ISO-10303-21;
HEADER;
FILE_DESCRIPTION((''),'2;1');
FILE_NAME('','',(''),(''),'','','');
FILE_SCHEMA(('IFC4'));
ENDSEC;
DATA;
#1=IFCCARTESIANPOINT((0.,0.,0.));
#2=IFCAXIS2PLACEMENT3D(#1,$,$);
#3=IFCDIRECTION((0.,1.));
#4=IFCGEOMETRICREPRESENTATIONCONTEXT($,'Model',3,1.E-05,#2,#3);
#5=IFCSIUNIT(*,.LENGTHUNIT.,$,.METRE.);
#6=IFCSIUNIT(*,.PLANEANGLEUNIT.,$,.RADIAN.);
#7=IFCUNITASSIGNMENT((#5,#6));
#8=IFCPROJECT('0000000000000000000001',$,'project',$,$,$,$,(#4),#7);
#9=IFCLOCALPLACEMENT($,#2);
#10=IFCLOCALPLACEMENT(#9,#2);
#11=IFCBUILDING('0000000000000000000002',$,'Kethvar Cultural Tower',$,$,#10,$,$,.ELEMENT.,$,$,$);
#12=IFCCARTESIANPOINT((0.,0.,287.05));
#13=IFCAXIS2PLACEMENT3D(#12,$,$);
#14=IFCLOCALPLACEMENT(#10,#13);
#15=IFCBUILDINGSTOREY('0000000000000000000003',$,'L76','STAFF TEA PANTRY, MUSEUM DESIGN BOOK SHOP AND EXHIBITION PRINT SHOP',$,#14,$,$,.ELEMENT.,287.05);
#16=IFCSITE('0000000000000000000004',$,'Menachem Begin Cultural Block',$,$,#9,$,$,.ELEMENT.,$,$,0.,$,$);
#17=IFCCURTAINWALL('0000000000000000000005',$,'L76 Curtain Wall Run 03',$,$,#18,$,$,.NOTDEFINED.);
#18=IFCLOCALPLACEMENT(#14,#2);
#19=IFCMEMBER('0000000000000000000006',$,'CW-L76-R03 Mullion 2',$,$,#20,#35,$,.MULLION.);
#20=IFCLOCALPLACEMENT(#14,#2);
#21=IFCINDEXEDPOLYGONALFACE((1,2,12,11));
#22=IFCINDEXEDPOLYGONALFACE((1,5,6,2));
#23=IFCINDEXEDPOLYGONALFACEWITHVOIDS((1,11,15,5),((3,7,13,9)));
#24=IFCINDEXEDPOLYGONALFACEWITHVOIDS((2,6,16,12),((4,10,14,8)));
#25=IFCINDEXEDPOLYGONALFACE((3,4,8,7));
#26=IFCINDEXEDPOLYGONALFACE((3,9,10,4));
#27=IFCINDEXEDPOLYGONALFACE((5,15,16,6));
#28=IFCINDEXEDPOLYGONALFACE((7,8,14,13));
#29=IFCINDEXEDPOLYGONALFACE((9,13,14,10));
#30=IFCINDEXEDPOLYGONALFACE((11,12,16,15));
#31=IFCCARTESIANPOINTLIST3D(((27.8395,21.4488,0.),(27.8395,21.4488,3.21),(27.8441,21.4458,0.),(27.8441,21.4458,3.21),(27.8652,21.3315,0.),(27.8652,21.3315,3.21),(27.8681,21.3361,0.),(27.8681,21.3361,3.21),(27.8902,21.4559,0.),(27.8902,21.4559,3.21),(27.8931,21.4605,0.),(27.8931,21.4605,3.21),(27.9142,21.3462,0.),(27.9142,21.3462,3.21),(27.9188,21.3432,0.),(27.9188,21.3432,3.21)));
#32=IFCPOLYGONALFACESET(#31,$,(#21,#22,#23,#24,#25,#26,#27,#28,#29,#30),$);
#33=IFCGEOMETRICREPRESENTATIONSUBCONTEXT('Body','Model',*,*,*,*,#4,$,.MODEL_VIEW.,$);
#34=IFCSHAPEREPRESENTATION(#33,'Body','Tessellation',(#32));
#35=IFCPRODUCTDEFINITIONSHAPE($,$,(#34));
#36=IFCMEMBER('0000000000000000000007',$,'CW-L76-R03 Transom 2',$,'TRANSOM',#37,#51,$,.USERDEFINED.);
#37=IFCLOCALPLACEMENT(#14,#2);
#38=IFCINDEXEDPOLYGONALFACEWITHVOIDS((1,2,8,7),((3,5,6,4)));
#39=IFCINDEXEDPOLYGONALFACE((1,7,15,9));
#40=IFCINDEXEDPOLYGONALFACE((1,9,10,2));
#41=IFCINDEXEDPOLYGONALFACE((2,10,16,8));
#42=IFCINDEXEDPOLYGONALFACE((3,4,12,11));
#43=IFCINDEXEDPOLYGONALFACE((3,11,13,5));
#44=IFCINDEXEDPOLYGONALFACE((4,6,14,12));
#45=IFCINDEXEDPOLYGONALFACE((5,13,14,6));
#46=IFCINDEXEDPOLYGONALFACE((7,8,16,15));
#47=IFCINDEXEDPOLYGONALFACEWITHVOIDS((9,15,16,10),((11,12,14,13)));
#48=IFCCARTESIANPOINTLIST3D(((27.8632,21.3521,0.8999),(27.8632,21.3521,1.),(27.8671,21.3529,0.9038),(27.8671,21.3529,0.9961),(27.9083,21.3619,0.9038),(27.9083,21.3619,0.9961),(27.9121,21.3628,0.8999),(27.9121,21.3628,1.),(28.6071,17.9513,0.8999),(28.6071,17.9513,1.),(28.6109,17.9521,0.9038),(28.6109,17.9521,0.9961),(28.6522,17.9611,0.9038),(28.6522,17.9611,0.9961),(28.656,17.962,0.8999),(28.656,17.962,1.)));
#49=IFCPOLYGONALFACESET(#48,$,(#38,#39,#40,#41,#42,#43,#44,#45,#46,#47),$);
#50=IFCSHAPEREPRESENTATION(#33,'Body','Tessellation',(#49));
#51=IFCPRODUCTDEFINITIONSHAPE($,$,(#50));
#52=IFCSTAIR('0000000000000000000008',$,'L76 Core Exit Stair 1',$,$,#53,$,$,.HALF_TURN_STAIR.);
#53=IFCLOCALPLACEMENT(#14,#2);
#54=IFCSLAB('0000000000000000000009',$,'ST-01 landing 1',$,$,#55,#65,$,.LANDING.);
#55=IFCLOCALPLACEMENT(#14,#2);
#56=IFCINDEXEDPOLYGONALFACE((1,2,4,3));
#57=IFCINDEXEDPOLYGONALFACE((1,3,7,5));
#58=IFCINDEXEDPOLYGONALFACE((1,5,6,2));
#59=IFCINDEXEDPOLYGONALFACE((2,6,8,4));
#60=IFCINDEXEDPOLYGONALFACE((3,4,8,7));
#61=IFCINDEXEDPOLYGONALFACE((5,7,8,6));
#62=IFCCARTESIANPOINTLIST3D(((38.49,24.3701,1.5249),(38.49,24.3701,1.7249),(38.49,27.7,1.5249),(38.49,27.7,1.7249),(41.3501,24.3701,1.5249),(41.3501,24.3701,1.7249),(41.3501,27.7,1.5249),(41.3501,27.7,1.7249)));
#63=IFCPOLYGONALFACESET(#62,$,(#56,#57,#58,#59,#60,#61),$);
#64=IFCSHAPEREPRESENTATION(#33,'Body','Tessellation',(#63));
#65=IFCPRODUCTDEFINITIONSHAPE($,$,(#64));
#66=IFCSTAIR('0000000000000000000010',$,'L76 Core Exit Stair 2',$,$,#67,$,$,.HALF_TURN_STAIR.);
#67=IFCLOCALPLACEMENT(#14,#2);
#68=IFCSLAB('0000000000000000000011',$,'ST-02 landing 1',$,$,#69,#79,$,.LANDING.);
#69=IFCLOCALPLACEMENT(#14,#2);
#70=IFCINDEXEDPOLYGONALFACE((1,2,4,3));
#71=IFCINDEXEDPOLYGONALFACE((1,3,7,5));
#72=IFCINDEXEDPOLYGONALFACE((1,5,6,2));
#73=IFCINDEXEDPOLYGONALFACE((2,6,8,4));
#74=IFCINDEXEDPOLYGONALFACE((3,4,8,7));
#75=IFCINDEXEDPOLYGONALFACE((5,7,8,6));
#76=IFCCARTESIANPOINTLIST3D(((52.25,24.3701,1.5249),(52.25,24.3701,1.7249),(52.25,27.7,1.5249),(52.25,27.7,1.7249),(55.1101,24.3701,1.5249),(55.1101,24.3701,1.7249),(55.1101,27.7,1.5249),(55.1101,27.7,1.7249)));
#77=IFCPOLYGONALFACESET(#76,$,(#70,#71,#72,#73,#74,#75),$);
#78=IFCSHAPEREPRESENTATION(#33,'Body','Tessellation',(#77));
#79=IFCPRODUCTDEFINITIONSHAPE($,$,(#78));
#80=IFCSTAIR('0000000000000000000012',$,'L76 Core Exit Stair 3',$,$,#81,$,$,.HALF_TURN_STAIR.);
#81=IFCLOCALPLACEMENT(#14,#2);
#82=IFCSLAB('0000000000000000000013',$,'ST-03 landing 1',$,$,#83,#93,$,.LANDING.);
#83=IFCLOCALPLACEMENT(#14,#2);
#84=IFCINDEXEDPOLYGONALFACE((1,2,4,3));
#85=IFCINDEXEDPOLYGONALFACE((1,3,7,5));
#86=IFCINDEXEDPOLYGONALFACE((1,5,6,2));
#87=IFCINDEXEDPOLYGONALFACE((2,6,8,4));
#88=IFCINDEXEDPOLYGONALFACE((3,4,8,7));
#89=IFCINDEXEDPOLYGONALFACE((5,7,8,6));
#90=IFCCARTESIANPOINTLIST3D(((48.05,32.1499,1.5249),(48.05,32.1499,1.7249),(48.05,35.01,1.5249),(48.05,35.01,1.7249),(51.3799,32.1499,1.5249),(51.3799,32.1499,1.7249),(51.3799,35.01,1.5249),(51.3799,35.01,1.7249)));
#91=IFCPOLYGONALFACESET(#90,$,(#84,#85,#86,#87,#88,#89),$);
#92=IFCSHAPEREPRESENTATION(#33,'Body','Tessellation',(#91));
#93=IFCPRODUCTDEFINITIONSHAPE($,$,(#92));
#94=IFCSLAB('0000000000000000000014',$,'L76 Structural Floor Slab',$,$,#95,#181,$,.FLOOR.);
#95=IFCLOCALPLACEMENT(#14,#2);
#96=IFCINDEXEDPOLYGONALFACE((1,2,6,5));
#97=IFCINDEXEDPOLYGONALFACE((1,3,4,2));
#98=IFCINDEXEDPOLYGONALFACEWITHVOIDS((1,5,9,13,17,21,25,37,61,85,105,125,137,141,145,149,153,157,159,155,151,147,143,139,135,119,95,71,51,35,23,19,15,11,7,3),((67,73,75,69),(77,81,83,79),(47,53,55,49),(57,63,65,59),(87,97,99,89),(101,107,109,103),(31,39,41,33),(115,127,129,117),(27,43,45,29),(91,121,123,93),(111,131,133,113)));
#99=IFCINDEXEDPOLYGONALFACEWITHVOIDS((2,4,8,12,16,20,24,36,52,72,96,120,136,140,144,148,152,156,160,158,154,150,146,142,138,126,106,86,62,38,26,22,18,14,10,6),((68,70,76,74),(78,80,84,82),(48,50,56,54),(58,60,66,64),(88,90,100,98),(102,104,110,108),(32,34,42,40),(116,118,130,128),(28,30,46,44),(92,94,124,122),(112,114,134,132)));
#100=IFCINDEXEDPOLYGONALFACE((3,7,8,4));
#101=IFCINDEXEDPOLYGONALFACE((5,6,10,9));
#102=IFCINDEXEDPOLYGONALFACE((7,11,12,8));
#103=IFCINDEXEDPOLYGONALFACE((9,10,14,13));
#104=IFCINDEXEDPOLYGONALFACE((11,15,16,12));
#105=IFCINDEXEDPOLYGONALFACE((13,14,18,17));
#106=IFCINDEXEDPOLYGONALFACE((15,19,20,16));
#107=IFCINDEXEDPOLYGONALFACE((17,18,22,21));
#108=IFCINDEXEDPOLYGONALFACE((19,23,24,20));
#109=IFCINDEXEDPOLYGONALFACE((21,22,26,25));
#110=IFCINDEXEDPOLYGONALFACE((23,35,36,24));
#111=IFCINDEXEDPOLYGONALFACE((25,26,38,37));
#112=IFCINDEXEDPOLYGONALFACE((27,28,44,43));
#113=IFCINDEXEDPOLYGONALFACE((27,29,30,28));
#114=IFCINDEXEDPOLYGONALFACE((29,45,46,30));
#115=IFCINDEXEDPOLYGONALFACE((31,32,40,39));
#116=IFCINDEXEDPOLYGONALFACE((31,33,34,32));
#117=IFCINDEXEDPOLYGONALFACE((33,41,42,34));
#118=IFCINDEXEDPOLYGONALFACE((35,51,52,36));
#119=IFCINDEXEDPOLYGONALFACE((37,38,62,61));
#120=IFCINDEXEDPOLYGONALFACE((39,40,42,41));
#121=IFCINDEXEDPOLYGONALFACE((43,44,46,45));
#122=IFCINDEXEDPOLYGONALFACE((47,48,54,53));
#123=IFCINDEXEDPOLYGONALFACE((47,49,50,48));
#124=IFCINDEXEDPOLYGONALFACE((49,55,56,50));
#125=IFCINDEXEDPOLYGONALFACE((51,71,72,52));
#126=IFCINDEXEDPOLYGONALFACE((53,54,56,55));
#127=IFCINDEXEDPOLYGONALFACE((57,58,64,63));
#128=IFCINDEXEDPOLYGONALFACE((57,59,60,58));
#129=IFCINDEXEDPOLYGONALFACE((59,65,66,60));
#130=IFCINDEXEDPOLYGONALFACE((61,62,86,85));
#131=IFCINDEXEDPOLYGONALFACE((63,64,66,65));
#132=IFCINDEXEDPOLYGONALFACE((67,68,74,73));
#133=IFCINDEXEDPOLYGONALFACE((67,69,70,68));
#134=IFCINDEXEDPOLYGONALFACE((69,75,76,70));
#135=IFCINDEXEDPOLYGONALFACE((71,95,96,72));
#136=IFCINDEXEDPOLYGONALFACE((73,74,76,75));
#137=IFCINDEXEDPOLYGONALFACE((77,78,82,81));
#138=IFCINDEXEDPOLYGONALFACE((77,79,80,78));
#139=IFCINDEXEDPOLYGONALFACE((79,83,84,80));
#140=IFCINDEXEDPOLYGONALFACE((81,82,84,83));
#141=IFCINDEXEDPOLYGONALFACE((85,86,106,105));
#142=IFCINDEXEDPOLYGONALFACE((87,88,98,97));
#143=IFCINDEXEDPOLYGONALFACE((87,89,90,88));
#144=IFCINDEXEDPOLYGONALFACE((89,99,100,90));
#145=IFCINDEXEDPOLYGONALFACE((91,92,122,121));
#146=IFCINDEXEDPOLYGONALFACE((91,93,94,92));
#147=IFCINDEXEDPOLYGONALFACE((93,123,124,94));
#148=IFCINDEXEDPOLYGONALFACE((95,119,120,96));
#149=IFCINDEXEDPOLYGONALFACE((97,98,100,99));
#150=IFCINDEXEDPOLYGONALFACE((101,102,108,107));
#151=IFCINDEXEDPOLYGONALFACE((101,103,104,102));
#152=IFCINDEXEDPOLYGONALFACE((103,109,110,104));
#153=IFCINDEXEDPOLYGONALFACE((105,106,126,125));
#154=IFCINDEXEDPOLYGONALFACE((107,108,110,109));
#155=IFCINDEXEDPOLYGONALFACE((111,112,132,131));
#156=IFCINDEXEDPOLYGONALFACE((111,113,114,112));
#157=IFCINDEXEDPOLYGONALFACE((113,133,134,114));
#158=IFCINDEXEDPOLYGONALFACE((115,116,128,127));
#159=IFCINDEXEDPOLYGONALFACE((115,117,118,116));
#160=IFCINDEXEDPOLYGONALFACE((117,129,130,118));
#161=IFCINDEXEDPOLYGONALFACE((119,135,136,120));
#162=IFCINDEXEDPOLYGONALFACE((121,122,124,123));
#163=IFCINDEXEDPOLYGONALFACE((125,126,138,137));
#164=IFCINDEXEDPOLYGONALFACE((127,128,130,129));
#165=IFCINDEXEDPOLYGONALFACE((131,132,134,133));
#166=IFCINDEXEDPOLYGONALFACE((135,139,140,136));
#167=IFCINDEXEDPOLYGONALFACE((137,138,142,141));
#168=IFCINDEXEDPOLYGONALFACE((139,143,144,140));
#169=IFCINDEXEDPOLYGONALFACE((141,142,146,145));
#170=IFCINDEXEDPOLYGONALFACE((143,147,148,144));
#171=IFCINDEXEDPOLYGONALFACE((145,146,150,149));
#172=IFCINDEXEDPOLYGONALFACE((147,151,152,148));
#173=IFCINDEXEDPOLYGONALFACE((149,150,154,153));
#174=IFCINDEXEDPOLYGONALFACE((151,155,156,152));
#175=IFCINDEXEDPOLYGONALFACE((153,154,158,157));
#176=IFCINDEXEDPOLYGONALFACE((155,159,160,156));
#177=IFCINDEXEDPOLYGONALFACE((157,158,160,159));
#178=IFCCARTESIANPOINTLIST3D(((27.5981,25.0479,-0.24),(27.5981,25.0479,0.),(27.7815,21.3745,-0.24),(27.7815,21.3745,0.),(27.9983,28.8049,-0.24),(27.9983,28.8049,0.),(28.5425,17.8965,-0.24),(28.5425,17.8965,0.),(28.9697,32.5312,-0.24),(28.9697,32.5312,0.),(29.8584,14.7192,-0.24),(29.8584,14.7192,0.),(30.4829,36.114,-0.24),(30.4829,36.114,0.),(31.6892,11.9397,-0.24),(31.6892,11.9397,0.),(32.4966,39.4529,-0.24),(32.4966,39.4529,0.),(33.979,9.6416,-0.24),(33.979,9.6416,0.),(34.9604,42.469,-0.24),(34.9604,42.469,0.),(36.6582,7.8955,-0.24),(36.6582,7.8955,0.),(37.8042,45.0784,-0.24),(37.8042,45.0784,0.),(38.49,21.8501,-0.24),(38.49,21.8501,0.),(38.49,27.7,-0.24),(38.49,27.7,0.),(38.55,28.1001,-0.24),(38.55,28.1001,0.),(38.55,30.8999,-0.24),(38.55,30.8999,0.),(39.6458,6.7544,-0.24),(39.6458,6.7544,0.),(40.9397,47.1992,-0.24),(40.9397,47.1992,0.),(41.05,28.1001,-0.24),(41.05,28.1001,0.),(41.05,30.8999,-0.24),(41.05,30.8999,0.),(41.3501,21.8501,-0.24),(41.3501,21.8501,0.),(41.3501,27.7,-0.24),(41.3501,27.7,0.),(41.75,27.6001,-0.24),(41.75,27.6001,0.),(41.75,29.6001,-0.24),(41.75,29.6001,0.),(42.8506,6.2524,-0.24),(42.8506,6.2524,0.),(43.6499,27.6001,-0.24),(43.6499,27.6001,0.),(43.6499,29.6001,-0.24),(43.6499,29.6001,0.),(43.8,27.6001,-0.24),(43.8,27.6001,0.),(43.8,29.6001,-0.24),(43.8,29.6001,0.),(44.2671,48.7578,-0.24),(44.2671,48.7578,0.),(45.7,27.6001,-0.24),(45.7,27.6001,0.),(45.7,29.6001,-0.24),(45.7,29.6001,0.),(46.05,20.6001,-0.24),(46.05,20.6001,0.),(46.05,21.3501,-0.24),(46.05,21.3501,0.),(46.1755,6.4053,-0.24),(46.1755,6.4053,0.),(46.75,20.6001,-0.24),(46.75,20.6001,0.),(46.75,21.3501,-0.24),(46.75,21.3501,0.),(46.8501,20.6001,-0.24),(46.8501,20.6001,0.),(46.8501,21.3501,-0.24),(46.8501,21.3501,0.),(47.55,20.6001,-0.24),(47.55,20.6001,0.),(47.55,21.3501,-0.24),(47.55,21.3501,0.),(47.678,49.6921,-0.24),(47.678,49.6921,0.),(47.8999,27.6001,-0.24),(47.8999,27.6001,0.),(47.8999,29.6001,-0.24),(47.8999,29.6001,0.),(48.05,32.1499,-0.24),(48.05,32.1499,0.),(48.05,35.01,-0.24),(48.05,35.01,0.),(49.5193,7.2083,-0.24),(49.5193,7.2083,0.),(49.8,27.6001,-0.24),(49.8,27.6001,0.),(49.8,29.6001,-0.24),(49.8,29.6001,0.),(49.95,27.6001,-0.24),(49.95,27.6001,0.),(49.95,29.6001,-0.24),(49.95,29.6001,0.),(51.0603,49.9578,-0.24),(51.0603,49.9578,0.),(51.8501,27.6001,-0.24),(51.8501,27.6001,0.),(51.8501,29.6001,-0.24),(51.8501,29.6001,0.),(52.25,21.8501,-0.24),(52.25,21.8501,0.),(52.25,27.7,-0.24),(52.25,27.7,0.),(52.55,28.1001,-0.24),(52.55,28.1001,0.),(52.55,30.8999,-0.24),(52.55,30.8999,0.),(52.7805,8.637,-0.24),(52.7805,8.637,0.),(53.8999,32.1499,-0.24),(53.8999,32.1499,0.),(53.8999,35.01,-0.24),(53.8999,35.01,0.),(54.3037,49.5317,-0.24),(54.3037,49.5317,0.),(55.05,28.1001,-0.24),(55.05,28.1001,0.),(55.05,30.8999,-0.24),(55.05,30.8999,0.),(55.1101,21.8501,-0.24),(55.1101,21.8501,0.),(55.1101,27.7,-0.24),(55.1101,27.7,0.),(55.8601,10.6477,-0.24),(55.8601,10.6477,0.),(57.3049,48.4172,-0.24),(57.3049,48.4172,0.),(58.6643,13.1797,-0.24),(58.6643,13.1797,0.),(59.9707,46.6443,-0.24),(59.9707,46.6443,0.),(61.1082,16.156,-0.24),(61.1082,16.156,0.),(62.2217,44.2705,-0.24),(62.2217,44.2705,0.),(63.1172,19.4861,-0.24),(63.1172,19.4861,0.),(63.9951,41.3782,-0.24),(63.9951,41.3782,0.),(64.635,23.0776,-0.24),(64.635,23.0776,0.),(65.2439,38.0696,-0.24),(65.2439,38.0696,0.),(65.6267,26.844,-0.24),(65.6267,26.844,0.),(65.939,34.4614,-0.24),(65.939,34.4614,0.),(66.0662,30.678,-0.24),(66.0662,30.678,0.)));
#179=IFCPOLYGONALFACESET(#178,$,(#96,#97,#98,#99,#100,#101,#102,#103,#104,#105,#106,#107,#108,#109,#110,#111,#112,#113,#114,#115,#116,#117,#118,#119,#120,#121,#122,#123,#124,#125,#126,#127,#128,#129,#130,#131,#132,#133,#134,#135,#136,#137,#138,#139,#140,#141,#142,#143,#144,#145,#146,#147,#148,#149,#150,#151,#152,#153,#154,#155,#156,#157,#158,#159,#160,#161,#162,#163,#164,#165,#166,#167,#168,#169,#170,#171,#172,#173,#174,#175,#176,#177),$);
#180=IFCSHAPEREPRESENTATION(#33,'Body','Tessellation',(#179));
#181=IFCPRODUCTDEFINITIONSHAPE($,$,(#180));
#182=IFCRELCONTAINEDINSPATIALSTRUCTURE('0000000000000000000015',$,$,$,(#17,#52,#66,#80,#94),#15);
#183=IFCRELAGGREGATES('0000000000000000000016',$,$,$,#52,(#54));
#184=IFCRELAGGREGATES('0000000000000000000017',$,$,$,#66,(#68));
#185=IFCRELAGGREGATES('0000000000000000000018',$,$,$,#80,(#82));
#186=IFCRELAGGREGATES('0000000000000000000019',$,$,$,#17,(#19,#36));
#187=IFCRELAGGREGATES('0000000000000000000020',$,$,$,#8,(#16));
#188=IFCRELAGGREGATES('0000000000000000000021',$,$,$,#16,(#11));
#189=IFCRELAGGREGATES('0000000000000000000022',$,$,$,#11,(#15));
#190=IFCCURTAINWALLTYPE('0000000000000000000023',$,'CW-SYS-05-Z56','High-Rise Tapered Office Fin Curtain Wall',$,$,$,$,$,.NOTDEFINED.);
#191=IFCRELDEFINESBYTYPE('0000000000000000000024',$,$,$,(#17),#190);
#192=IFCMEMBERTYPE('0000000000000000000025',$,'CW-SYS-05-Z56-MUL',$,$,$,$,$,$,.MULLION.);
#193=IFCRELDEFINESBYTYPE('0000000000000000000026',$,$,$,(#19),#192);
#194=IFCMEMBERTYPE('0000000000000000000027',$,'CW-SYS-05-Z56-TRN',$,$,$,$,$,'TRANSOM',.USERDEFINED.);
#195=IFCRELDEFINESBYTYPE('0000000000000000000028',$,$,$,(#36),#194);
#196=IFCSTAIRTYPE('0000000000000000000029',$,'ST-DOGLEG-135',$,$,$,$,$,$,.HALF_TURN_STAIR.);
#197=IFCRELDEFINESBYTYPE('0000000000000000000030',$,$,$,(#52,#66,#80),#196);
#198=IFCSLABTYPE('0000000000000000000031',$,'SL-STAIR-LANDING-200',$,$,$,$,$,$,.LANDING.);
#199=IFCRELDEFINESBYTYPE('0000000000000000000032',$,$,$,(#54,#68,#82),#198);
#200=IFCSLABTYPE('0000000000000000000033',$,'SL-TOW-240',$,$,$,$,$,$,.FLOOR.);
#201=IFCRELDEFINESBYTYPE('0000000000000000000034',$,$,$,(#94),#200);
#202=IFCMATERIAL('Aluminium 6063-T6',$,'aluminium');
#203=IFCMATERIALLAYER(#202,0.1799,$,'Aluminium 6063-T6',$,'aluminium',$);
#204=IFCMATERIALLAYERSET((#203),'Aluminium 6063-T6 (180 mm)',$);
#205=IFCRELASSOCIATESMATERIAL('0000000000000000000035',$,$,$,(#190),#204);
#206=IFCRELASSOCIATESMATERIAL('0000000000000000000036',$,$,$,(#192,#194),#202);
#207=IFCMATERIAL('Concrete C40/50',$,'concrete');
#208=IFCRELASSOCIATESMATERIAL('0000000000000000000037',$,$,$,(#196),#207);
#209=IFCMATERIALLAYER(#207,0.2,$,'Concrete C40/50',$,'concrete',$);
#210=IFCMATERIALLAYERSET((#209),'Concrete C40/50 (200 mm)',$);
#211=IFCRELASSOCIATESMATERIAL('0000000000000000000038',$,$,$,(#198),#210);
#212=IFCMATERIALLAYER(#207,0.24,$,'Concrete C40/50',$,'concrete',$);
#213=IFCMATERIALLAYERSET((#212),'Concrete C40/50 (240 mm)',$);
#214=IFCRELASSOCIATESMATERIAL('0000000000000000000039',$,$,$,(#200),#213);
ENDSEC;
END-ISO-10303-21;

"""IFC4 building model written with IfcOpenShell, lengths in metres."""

from ifc_helpers import new_model, si_unit, direction, frame, origin, origin_2d, place, context, subcontext, project, spatial, polyline, hollow_rectangle, outline, extrude, source, transform, mapped, material, layer, layer_set, material_profile, profile_set, type_object, element, aggregate, save


model = new_model("IFC4")

# Units and contexts
model_context = context("Model", 3, precision=1e-05, world=origin(), true_north=direction((0.0, 1.0)))
body_context = subcontext(model_context, "Body", "Model", "MODEL_VIEW")
ifc_project = project(units=[si_unit("LENGTHUNIT", "METRE"), si_unit("PLANEANGLEUNIT", "RADIAN")], contexts=[model_context])

# Site, building, storey
site_placement = place(None, origin())
site = spatial("IfcSite", under=ifc_project, at=site_placement, Name="Menachem Begin Cultural Block", CompositionType="ELEMENT", RefElevation=0.0)
building_placement = place(site_placement, origin())
building = spatial("IfcBuilding", under=site, at=building_placement, Name="Kethvar Cultural Tower", CompositionType="ELEMENT")
storey_placement = place(building_placement, frame((0.0, 0.0, 287.05)))
storey = spatial("IfcBuildingStorey", under=building, at=storey_placement, Name="L76", Description="STAFF TEA PANTRY, MUSEUM DESIGN BOOK SHOP AND EXHIBITION PRINT SHOP", CompositionType="ELEMENT", Elevation=287.05)

# Curtain wall, members
ifc_material_1 = material(Name="Aluminium 6063-T6", Category="aluminium")
ifc_layer_1 = layer(ifc_material_1, 0.1799, Name="Aluminium 6063-T6", Category="aluminium")
ifc_layer_set_1 = layer_set([ifc_layer_1], Name="Aluminium 6063-T6 (180 mm)")
curtain_wall_type = type_object("IfcCurtainWallType", Name="CW-SYS-05-Z56", Description="High-Rise Tapered Office Fin Curtain Wall", PredefinedType="NOTDEFINED", material=ifc_layer_set_1)
curtain_wall_placement = place(storey_placement, origin())
curtain_wall = element("IfcCurtainWall", 1, at=curtain_wall_placement, inside=storey, type_object=curtain_wall_type, Name="L76 Curtain Wall Run 03", PredefinedType="NOTDEFINED")
ifc_material_profile_1 = material_profile(ifc_material_1, hollow_rectangle(XDim=0.0549, YDim=0.1201, WallThickness=0.0039, at=origin_2d()), Name="Aluminium 6063-T6 — RHS120x55x4")
ifc_profile_set_1 = profile_set([ifc_material_profile_1], Name="Aluminium 6063-T6 — RHS120x55x4")
member_type_1 = type_object("IfcMemberType", Name="CW-SYS-05-Z56-MUL", PredefinedType="MULLION", material=ifc_profile_set_1)
shared_shape_1 = source(origin(), body_context, "Body", "SweptSolid", [
    extrude(hollow_rectangle(XDim=0.0549, YDim=0.1201, WallThickness=0.0039, at=origin_2d()), origin(), (0.0, 0.0, 1.0), 3.21),
])
member_1_placement = place(storey_placement, frame((27.8792, 21.396, 0.0), z_axis=(0.0, 0.0, 1.0), x_axis=(0.976885, 0.213764, 0.0)))
member_1 = element("IfcMember", 2, at=member_1_placement, type_object=member_type_1, Name="CW-L76-R03 Mullion 2", PredefinedType="MULLION", context=body_context, shape_type="MappedRepresentation", body=[
    mapped(shared_shape_1, transform((0.0, 0.0, 0.0), scale=1.0)),
])
ifc_material_profile_2 = material_profile(ifc_material_1, hollow_rectangle(XDim=0.05, YDim=0.1001, WallThickness=0.0039, at=origin_2d()), Name="Aluminium 6063-T6 — RHS100x50x4")
ifc_profile_set_2 = profile_set([ifc_material_profile_2], Name="Aluminium 6063-T6 — RHS100x50x4")
member_type_2 = type_object("IfcMemberType", Name="CW-SYS-05-Z56-TRN", ElementType="TRANSOM", PredefinedType="USERDEFINED", material=ifc_profile_set_2)
shared_shape_2 = source(origin(), body_context, "Body", "SweptSolid", [
    extrude(hollow_rectangle(XDim=0.05, YDim=0.1001, WallThickness=0.0039, at=origin_2d()), origin(), (0.0, 0.0, 1.0), 3.4812),
])
member_2_placement = place(storey_placement, frame((27.8877, 21.3574, 0.95), z_axis=(0.213684, -0.976903, 0.0), x_axis=(0.976903, 0.213684, 0.0)))
member_2 = element("IfcMember", 3, at=member_2_placement, type_object=member_type_2, Name="CW-L76-R03 Transom 2", ObjectType="TRANSOM", PredefinedType="USERDEFINED", context=body_context, shape_type="MappedRepresentation", body=[
    mapped(shared_shape_2, transform((0.0, 0.0, 0.0), scale=1.0)),
])

# Stairs, slabs
ifc_material_2 = material(Name="Concrete C40/50", Category="concrete")
stair_type = type_object("IfcStairType", Name="ST-DOGLEG-135", PredefinedType="HALF_TURN_STAIR", material=ifc_material_2)
stair_1_placement = place(storey_placement, origin())
stair_1 = element("IfcStair", 4, at=stair_1_placement, inside=storey, type_object=stair_type, Name="L76 Core Exit Stair 1", PredefinedType="HALF_TURN_STAIR")
ifc_layer_2 = layer(ifc_material_2, 0.2, Name="Concrete C40/50", Category="concrete")
ifc_layer_set_2 = layer_set([ifc_layer_2], Name="Concrete C40/50 (200 mm)")
slab_type_1 = type_object("IfcSlabType", Name="SL-STAIR-LANDING-200", PredefinedType="LANDING", material=ifc_layer_set_2)
slab_1_placement = place(storey_placement, frame((0.0, 0.0, 1.5249)))
slab_1 = element("IfcSlab", 5, at=slab_1_placement, type_object=slab_type_1, Name="ST-01 landing 1", PredefinedType="LANDING", context=body_context, shape_type="SweptSolid", body=[
    extrude(outline(polyline([(41.3501, 24.3701), (41.3501, 27.7), (38.49, 27.7), (38.49, 24.3701), (41.3501, 24.3701)])), origin(), (0.0, 0.0, 1.0), 0.2),
])
aggregate(stair_1, [slab_1])
stair_2_placement = place(storey_placement, origin())
stair_2 = element("IfcStair", 6, at=stair_2_placement, inside=storey, type_object=stair_type, Name="L76 Core Exit Stair 2", PredefinedType="HALF_TURN_STAIR")
slab_2_placement = place(storey_placement, frame((0.0, 0.0, 1.5249)))
slab_2 = element("IfcSlab", 7, at=slab_2_placement, type_object=slab_type_1, Name="ST-02 landing 1", PredefinedType="LANDING", context=body_context, shape_type="SweptSolid", body=[
    extrude(outline(polyline([(55.1101, 24.3701), (55.1101, 27.7), (52.25, 27.7), (52.25, 24.3701), (55.1101, 24.3701)])), origin(), (0.0, 0.0, 1.0), 0.2),
])
aggregate(stair_2, [slab_2])
stair_3_placement = place(storey_placement, origin())
stair_3 = element("IfcStair", 8, at=stair_3_placement, inside=storey, type_object=stair_type, Name="L76 Core Exit Stair 3", PredefinedType="HALF_TURN_STAIR")
slab_3_placement = place(storey_placement, frame((0.0, 0.0, 1.5249)))
slab_3 = element("IfcSlab", 9, at=slab_3_placement, type_object=slab_type_1, Name="ST-03 landing 1", PredefinedType="LANDING", context=body_context, shape_type="SweptSolid", body=[
    extrude(outline(polyline([(51.3799, 35.01), (48.05, 35.01), (48.05, 32.1499), (51.3799, 32.1499), (51.3799, 35.01)])), origin(), (0.0, 0.0, 1.0), 0.2),
])
aggregate(stair_3, [slab_3])

# Slab
ifc_layer_3 = layer(ifc_material_2, 0.24, Name="Concrete C40/50", Category="concrete")
ifc_layer_set_3 = layer_set([ifc_layer_3], Name="Concrete C40/50 (240 mm)")
slab_type_2 = type_object("IfcSlabType", Name="SL-TOW-240", PredefinedType="FLOOR", material=ifc_layer_set_3)
slab_4_placement = place(storey_placement, frame((0.0, 0.0, -0.24)))
element("IfcSlab", 10, at=slab_4_placement, inside=storey, type_object=slab_type_2, Name="L76 Structural Floor Slab", PredefinedType="FLOOR", context=body_context, shape_type="SweptSolid", body=[
    extrude(outline(polyline([(57.3049, 48.4172), (54.3037, 49.5317), (51.0603, 49.9578), (47.678, 49.6921), (44.2671, 48.7578), (40.9397, 47.1992), (37.8042, 45.0784), (34.9604, 42.469), (32.4966, 39.4529), (30.4829, 36.114), (28.9697, 32.5312), (27.9983, 28.8049), (27.5981, 25.0479), (27.7815, 21.3745), (28.5425, 17.8965), (29.8584, 14.7192), (31.6892, 11.9397), (33.979, 9.6416), (36.6582, 7.8955), (39.6458, 6.7544), (42.8506, 6.2524), (46.1755, 6.4053), (49.5193, 7.2083), (52.7805, 8.637), (55.8601, 10.6477), (58.6643, 13.1797), (61.1082, 16.156), (63.1172, 19.4861), (64.635, 23.0776), (65.6267, 26.844), (66.0662, 30.678), (65.939, 34.4614), (65.2439, 38.0696), (63.9951, 41.3782), (62.2217, 44.2705), (59.9707, 46.6443), (57.3049, 48.4172)]), holes=[polyline([(38.49, 21.8501), (38.49, 27.7), (41.3501, 27.7), (41.3501, 21.8501), (38.49, 21.8501)]), polyline([(52.25, 21.8501), (52.25, 27.7), (55.1101, 27.7), (55.1101, 21.8501), (52.25, 21.8501)]), polyline([(53.8999, 32.1499), (48.05, 32.1499), (48.05, 35.01), (53.8999, 35.01), (53.8999, 32.1499)]), polyline([(41.75, 29.6001), (43.6499, 29.6001), (43.6499, 27.6001), (41.75, 27.6001), (41.75, 29.6001)]), polyline([(43.8, 29.6001), (45.7, 29.6001), (45.7, 27.6001), (43.8, 27.6001), (43.8, 29.6001)]), polyline([(47.8999, 29.6001), (49.8, 29.6001), (49.8, 27.6001), (47.8999, 27.6001), (47.8999, 29.6001)]), polyline([(49.95, 29.6001), (51.8501, 29.6001), (51.8501, 27.6001), (49.95, 27.6001), (49.95, 29.6001)]), polyline([(38.55, 30.8999), (41.05, 30.8999), (41.05, 28.1001), (38.55, 28.1001), (38.55, 30.8999)]), polyline([(52.55, 30.8999), (55.05, 30.8999), (55.05, 28.1001), (52.55, 28.1001), (52.55, 30.8999)]), polyline([(46.05, 21.3501), (46.75, 21.3501), (46.75, 20.6001), (46.05, 20.6001), (46.05, 21.3501)]), polyline([(46.8501, 21.3501), (47.55, 21.3501), (47.55, 20.6001), (46.8501, 20.6001), (46.8501, 21.3501)])]), origin(), (0.0, 0.0, 1.0), 0.24),
])

aggregate(curtain_wall, [member_1, member_2])

save(model, "model.ifc")
